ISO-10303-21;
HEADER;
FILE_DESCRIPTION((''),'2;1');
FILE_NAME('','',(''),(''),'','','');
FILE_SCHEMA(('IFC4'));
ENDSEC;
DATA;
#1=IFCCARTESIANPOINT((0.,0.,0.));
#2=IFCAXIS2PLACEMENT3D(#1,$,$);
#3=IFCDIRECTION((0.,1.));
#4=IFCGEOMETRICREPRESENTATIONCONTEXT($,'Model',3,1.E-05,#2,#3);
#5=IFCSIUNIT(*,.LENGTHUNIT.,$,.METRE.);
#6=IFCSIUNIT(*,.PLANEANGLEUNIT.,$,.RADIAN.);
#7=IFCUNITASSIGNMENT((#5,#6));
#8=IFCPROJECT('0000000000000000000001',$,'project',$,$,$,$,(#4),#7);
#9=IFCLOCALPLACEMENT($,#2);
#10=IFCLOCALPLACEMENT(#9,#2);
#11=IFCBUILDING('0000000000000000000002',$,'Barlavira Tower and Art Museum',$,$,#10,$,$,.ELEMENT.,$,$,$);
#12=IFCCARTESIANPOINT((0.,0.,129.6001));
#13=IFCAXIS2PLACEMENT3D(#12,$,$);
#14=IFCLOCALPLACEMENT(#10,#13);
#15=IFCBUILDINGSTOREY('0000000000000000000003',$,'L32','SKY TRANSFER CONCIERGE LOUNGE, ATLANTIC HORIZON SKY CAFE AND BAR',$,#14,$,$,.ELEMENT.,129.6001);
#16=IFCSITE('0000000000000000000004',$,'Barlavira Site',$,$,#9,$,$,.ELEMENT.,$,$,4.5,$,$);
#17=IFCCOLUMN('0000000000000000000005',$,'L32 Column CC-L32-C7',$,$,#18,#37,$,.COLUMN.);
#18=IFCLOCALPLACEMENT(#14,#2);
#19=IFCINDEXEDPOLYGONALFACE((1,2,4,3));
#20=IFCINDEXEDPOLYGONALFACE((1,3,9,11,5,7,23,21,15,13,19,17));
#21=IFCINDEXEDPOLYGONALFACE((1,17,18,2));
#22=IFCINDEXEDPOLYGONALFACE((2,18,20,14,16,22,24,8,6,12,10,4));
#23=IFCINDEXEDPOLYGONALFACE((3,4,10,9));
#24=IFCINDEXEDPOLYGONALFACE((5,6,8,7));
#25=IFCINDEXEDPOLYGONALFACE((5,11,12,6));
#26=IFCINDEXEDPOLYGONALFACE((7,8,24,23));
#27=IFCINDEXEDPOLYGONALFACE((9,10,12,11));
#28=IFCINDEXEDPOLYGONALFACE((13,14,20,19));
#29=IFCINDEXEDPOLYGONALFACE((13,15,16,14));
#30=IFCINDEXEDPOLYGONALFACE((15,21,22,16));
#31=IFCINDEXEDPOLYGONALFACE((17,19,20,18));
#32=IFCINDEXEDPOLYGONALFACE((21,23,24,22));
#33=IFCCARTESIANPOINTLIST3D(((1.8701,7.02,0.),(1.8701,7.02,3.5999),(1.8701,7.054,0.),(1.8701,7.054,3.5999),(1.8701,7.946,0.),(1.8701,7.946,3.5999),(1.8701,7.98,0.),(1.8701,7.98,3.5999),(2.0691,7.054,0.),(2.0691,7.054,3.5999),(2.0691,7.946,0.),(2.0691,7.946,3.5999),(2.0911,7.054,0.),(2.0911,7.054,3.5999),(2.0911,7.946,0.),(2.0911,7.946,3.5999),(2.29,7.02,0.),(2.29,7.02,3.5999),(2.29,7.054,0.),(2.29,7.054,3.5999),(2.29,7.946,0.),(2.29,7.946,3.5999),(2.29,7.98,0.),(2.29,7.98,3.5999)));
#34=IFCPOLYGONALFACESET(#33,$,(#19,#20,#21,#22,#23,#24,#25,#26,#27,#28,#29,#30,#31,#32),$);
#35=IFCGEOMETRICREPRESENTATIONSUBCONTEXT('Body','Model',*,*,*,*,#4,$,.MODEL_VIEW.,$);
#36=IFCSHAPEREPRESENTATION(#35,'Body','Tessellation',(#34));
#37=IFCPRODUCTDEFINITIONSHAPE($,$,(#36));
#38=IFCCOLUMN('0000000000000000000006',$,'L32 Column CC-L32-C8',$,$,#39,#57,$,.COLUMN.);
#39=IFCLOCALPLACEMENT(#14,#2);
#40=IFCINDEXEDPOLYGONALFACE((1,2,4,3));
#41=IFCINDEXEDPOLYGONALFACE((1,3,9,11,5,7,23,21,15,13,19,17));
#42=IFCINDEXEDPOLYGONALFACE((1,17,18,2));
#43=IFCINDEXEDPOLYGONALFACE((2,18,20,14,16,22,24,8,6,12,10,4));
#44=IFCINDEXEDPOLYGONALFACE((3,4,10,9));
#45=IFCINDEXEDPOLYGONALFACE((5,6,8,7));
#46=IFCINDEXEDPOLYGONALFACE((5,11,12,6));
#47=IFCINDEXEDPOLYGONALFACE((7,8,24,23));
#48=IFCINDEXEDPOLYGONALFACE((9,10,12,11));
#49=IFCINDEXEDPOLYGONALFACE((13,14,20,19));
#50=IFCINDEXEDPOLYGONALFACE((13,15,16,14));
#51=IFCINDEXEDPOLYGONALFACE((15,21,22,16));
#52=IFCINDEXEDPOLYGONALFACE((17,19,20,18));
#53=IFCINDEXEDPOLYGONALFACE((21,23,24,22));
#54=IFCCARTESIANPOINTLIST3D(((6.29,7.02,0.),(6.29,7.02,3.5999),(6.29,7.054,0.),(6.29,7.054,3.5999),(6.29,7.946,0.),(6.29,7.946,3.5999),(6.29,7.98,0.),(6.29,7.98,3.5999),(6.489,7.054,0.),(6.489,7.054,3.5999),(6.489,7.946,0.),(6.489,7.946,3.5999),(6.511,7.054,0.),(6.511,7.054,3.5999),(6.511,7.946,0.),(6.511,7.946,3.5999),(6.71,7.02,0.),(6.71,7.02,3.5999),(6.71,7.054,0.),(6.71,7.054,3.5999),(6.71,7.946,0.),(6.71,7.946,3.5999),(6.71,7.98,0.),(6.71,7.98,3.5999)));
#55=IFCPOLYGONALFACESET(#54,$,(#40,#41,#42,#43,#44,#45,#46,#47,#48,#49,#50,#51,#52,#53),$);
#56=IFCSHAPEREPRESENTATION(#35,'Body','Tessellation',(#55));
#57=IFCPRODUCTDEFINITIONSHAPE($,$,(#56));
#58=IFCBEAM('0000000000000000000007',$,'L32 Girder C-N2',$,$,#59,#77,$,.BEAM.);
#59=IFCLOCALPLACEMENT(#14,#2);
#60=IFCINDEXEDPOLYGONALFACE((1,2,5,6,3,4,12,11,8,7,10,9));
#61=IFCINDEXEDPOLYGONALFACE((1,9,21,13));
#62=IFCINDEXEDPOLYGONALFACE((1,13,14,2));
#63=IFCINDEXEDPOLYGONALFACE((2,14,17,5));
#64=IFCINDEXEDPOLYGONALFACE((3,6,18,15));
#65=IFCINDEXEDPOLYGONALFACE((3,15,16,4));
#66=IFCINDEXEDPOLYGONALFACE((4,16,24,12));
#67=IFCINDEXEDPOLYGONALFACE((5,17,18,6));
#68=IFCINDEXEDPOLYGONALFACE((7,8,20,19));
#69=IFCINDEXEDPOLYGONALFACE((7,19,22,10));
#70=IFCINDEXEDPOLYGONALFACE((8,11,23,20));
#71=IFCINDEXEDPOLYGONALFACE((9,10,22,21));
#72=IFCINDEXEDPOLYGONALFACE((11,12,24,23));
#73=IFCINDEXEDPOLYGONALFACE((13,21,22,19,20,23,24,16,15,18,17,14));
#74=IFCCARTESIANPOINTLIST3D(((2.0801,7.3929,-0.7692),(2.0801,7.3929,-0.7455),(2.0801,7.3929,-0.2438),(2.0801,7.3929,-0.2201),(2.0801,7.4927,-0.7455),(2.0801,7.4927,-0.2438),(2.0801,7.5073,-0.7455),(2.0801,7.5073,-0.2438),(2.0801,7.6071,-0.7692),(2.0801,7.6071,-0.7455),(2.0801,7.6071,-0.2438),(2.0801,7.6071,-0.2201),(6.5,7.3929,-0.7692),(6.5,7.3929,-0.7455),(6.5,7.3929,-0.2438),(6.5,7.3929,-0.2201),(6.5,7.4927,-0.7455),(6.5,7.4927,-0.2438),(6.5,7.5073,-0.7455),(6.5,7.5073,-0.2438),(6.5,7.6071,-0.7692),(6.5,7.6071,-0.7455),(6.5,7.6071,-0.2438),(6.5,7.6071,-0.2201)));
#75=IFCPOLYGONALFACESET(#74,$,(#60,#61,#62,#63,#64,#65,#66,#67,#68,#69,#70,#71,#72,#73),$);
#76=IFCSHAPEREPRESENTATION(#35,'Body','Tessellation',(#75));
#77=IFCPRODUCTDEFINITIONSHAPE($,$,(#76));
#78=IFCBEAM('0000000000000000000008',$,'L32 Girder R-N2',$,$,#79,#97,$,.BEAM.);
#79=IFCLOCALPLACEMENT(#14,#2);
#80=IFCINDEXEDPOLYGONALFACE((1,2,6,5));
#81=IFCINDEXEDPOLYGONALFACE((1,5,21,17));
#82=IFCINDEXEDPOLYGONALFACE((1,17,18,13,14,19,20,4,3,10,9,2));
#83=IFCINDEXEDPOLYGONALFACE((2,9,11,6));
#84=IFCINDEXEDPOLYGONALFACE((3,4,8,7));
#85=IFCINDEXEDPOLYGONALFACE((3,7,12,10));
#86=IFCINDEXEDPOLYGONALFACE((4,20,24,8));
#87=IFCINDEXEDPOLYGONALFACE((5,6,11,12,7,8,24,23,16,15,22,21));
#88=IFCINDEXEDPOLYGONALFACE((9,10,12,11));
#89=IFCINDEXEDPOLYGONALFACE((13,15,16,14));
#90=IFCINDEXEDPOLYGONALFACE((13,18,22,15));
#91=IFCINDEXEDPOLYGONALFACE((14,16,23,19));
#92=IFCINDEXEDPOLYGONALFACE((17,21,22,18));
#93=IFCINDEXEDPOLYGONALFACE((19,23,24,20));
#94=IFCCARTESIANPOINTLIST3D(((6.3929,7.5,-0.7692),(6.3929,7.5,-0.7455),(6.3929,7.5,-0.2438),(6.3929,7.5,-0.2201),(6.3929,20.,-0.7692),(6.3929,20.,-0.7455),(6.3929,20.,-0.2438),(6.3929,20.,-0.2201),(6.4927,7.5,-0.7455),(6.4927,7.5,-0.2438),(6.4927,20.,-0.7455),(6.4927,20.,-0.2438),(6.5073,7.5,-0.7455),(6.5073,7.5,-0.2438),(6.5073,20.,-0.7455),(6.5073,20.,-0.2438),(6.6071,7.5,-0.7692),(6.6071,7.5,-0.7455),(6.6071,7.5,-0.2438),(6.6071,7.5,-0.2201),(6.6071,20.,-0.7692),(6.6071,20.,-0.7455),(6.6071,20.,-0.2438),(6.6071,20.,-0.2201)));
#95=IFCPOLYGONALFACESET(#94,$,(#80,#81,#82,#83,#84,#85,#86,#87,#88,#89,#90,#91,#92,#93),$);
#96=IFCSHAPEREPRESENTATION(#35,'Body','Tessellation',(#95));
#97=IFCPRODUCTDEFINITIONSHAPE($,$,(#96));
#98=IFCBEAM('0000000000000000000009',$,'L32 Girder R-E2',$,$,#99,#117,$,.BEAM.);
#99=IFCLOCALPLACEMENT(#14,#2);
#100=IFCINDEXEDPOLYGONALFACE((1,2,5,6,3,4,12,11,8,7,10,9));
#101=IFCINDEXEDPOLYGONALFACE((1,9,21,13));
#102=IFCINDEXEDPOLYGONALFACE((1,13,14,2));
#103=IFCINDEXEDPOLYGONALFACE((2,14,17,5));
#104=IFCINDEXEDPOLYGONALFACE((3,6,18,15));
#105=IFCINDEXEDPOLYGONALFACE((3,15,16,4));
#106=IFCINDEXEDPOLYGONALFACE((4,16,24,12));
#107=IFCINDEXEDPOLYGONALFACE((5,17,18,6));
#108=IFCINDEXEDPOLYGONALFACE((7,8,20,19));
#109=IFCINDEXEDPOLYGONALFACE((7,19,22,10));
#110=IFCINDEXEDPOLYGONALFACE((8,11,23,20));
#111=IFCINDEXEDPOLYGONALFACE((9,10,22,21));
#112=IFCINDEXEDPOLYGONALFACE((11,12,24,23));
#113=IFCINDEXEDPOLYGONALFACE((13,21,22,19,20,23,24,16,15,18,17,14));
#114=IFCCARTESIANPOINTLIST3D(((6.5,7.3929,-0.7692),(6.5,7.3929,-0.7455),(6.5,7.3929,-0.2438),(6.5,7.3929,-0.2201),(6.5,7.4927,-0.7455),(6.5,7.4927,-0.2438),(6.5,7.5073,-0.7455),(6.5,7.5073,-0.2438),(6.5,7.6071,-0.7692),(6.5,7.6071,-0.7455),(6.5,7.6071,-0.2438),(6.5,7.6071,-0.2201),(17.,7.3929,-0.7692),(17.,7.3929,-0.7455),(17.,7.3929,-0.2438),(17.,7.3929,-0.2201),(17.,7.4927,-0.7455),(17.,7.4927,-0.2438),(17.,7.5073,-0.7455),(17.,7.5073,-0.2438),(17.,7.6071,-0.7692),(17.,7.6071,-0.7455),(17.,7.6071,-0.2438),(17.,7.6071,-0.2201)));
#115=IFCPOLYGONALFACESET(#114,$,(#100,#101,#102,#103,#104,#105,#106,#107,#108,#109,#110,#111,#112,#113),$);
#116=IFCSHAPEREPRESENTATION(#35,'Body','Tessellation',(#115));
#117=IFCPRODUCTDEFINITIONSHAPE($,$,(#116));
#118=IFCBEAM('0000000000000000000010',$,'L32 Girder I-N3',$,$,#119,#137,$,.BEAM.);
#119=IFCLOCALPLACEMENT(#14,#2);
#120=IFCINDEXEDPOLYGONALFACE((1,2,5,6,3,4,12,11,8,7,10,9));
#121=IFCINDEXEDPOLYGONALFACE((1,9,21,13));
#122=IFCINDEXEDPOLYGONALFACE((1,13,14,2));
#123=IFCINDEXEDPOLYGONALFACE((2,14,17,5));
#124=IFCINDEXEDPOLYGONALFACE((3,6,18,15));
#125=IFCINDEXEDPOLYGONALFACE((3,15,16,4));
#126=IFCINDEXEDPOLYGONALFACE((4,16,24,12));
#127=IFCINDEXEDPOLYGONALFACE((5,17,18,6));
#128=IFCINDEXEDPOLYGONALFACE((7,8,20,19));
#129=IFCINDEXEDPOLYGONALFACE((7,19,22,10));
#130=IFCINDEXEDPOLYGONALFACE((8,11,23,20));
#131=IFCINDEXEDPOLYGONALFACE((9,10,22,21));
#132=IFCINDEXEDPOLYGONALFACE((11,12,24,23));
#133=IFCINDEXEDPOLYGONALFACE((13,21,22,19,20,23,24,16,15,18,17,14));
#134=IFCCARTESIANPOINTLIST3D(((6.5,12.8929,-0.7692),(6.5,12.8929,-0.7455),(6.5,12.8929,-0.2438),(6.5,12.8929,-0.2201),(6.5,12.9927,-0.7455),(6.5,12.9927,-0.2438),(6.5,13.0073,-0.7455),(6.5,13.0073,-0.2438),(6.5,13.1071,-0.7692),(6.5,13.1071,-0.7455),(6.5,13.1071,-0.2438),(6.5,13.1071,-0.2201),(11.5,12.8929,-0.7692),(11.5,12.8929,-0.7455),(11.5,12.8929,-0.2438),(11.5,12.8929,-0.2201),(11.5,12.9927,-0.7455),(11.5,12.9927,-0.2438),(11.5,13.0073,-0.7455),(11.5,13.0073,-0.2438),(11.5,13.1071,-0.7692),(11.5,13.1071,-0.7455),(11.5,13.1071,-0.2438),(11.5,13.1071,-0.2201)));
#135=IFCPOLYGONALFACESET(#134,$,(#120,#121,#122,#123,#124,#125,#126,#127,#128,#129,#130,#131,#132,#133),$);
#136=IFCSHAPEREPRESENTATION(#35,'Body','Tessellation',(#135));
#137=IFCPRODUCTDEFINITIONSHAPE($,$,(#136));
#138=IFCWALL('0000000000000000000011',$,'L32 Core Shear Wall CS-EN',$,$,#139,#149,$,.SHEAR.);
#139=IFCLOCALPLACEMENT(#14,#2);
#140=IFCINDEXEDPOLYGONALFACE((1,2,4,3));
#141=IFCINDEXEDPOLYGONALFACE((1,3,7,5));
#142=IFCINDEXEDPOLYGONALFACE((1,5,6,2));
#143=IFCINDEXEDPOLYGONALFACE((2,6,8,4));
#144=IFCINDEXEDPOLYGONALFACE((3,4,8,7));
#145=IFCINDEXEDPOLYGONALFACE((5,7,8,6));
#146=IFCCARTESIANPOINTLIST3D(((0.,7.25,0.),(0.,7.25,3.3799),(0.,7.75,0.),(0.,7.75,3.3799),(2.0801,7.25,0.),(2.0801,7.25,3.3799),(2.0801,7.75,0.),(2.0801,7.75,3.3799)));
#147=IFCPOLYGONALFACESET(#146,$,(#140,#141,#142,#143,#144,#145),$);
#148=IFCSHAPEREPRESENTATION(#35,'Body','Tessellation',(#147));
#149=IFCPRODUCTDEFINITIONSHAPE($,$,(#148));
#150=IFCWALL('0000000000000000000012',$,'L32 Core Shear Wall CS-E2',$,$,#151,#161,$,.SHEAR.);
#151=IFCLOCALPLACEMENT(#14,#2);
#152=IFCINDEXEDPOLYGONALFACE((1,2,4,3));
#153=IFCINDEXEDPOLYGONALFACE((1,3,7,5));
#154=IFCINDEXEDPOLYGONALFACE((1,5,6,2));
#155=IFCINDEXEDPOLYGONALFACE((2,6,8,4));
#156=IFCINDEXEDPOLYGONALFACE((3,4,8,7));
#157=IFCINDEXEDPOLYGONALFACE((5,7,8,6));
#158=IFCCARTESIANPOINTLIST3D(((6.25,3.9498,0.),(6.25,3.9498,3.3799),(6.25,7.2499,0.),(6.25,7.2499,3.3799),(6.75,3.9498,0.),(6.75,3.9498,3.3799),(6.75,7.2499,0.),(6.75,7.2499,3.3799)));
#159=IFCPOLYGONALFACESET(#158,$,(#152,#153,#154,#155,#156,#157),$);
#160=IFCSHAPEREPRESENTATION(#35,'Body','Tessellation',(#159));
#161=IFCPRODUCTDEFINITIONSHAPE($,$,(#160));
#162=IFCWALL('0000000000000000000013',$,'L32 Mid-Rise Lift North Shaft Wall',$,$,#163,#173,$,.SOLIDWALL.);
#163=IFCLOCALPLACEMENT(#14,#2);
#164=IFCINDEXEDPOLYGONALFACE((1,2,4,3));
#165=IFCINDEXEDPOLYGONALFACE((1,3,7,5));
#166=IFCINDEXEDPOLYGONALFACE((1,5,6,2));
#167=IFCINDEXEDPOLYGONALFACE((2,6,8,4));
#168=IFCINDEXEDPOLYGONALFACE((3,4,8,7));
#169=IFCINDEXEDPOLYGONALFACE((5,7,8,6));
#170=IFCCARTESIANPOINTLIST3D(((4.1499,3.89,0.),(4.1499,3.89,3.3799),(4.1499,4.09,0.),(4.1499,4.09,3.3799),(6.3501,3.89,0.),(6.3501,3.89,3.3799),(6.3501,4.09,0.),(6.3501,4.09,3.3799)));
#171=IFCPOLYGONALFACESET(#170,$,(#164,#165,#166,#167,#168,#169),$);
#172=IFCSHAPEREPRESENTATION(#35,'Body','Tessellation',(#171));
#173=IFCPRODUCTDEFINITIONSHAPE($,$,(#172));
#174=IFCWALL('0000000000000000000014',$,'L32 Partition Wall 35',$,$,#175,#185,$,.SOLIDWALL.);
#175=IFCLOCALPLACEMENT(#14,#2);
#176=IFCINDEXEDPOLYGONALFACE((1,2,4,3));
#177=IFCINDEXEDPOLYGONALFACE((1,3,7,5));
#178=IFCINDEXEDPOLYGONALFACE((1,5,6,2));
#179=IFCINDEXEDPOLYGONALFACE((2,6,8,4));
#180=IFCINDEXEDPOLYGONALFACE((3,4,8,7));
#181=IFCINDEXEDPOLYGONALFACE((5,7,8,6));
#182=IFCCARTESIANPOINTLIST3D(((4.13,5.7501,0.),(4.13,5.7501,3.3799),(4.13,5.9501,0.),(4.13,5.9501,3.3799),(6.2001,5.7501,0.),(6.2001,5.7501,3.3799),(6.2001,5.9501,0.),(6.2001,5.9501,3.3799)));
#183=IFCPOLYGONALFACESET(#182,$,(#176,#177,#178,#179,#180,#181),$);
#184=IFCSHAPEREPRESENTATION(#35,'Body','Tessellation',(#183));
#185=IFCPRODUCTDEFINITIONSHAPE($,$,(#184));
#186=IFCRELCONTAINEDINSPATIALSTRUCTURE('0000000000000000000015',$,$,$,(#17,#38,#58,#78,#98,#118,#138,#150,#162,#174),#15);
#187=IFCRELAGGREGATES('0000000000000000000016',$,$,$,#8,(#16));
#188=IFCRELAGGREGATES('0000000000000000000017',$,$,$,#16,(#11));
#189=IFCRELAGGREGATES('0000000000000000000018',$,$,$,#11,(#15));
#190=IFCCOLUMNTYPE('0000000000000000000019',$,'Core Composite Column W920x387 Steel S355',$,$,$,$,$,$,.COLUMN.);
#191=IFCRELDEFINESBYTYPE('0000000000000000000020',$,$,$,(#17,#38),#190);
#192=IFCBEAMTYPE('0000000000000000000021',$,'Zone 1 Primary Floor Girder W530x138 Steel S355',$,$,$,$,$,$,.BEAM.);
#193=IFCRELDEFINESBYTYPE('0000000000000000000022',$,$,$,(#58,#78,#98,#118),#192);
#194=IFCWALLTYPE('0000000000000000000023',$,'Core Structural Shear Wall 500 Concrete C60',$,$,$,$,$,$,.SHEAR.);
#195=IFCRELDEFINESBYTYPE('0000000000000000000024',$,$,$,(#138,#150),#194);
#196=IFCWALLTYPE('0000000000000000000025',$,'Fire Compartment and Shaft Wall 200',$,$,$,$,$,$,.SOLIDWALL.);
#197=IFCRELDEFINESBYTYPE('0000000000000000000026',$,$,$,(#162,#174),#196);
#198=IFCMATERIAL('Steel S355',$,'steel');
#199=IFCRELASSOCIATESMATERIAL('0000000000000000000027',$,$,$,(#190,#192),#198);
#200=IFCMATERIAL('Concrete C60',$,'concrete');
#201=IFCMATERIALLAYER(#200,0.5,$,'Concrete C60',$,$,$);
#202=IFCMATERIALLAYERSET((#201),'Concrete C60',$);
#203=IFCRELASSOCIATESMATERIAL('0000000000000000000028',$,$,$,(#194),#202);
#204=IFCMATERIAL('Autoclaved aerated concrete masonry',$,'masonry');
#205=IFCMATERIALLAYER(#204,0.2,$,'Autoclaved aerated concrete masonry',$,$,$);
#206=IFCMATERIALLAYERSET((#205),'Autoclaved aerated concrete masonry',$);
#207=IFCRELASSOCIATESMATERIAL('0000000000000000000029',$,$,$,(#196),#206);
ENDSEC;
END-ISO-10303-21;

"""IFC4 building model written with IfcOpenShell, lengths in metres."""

from ifc_helpers import new_model, si_unit, direction, frame, frame_2d, origin, origin_2d, place, context, subcontext, project, spatial, rectangle, i_section, extrude, material, layer, layer_set, material_profile, profile_set, type_object, element, save


model = new_model("IFC4")

# Units and contexts
model_context = context("Model", 3, precision=1e-05, world=origin(), true_north=direction((0.0, 1.0)))
body_context = subcontext(model_context, "Body", "Model", "MODEL_VIEW")
ifc_project = project(units=[si_unit("LENGTHUNIT", "METRE"), si_unit("PLANEANGLEUNIT", "RADIAN")], contexts=[model_context])

# Site, building, storey
site_placement = place(None, origin())
site = spatial("IfcSite", under=ifc_project, at=site_placement, Name="Barlavira Site", CompositionType="ELEMENT", RefElevation=4.5)
building_placement = place(site_placement, origin())
building = spatial("IfcBuilding", under=site, at=building_placement, Name="Barlavira Tower and Art Museum", CompositionType="ELEMENT")
storey_placement = place(building_placement, frame((0.0, 0.0, 129.6001)))
storey = spatial("IfcBuildingStorey", under=building, at=storey_placement, Name="L32", Description="SKY TRANSFER CONCIERGE LOUNGE, ATLANTIC HORIZON SKY CAFE AND BAR", CompositionType="ELEMENT", Elevation=129.6001)

# Columns
ifc_material_1 = material(Name="Steel S355", Category="steel")
ifc_material_profile_1 = material_profile(ifc_material_1, i_section(OverallWidth=0.4199, OverallDepth=0.96, WebThickness=0.022, FlangeThickness=0.0339, at=origin_2d()), Name="W920x387.0")
ifc_profile_set_1 = profile_set([ifc_material_profile_1], Name="Steel S355")
column_type = type_object("IfcColumnType", Name="Core Composite Column W920x387 Steel S355", PredefinedType="COLUMN", material=ifc_profile_set_1)
for number, where, z_axis, x_axis, name in (
    (1, (2.0801, 7.5, 0.0), (0.0, 0.0, 1.0), (1.0, 0.0, 0.0), "L32 Column CC-L32-C7"),
    (2, (6.5, 7.5, 0.0), (0.0, 0.0, 1.0), (1.0, 0.0, 0.0), "L32 Column CC-L32-C8"),
):
    element("IfcColumn", number, at=place(storey_placement, frame(where, z_axis=z_axis, x_axis=x_axis)), inside=storey, type_object=column_type, Name=name, PredefinedType="COLUMN", context=body_context, shape_type="SweptSolid", body=[
        extrude(i_section(OverallWidth=0.4199, OverallDepth=0.96, WebThickness=0.022, FlangeThickness=0.0339, at=origin_2d()), origin(), (0.0, 0.0, 1.0), 3.5999),
    ])

# Beams
ifc_material_profile_2 = material_profile(ifc_material_1, i_section(OverallWidth=0.2141, OverallDepth=0.5491, WebThickness=0.0146, FlangeThickness=0.0237, at=origin_2d()), Name="W530x138.0")
ifc_profile_set_2 = profile_set([ifc_material_profile_2], Name="Steel S355")
beam_type = type_object("IfcBeamType", Name="Zone 1 Primary Floor Girder W530x138 Steel S355", PredefinedType="BEAM", material=ifc_profile_set_2)
beam_1_placement = place(storey_placement, frame((2.0801, 7.5, -0.4946), z_axis=(1.0, 0.0, 0.0), x_axis=(0.0, 1.0, 0.0)))
element("IfcBeam", 3, at=beam_1_placement, inside=storey, type_object=beam_type, Name="L32 Girder C-N2", PredefinedType="BEAM", context=body_context, shape_type="SweptSolid", body=[
    extrude(i_section(OverallWidth=0.2141, OverallDepth=0.5491, WebThickness=0.0146, FlangeThickness=0.0237, at=origin_2d()), origin(), (0.0, 0.0, 1.0), 4.4199),
])
beam_2_placement = place(storey_placement, frame((6.5, 7.5, -0.4946), z_axis=(0.0, 1.0, 0.0), x_axis=(-1.0, 0.0, 0.0)))
element("IfcBeam", 4, at=beam_2_placement, inside=storey, type_object=beam_type, Name="L32 Girder R-N2", PredefinedType="BEAM", context=body_context, shape_type="SweptSolid", body=[
    extrude(i_section(OverallWidth=0.2141, OverallDepth=0.5491, WebThickness=0.0146, FlangeThickness=0.0237, at=origin_2d()), origin(), (0.0, 0.0, 1.0), 12.5),
])
beam_3_placement = place(storey_placement, frame((6.5, 7.5, -0.4946), z_axis=(1.0, 0.0, 0.0), x_axis=(0.0, 1.0, 0.0)))
element("IfcBeam", 5, at=beam_3_placement, inside=storey, type_object=beam_type, Name="L32 Girder R-E2", PredefinedType="BEAM", context=body_context, shape_type="SweptSolid", body=[
    extrude(i_section(OverallWidth=0.2141, OverallDepth=0.5491, WebThickness=0.0146, FlangeThickness=0.0237, at=origin_2d()), origin(), (0.0, 0.0, 1.0), 10.5),
])
beam_4_placement = place(storey_placement, frame((6.5, 13.0, -0.4946), z_axis=(1.0, 0.0, 0.0), x_axis=(0.0, 1.0, 0.0)))
element("IfcBeam", 6, at=beam_4_placement, inside=storey, type_object=beam_type, Name="L32 Girder I-N3", PredefinedType="BEAM", context=body_context, shape_type="SweptSolid", body=[
    extrude(i_section(OverallWidth=0.2141, OverallDepth=0.5491, WebThickness=0.0146, FlangeThickness=0.0237, at=origin_2d()), origin(), (0.0, 0.0, 1.0), 5.0),
])

# Walls
ifc_material_2 = material(Name="Concrete C60", Category="concrete")
ifc_layer_1 = layer(ifc_material_2, 0.5, Name="Concrete C60")
ifc_layer_set_1 = layer_set([ifc_layer_1], Name="Concrete C60")
wall_type_1 = type_object("IfcWallType", Name="Core Structural Shear Wall 500 Concrete C60", PredefinedType="SHEAR", material=ifc_layer_set_1)
wall_1_placement = place(storey_placement, frame((0.0, 7.5, 0.0), z_axis=(0.0, 0.0, 1.0), x_axis=(1.0, 0.0, 0.0)))
element("IfcWall", 7, at=wall_1_placement, inside=storey, type_object=wall_type_1, Name="L32 Core Shear Wall CS-EN", PredefinedType="SHEAR", context=body_context, shape_type="SweptSolid", body=[
    extrude(rectangle(XDim=2.0801, YDim=0.5, at=frame_2d((1.04, 0.0))), origin(), (0.0, 0.0, 1.0), 3.3799),
])
wall_2_placement = place(storey_placement, frame((6.5, 3.95, 0.0), z_axis=(0.0, 0.0, 1.0), x_axis=(0.0, 1.0, 0.0)))
element("IfcWall", 8, at=wall_2_placement, inside=storey, type_object=wall_type_1, Name="L32 Core Shear Wall CS-E2", PredefinedType="SHEAR", context=body_context, shape_type="SweptSolid", body=[
    extrude(rectangle(XDim=3.3, YDim=0.5, at=frame_2d((1.6499, 0.0))), origin(), (0.0, 0.0, 1.0), 3.3799),
])
ifc_material_3 = material(Name="Autoclaved aerated concrete masonry", Category="masonry")
ifc_layer_2 = layer(ifc_material_3, 0.2, Name="Autoclaved aerated concrete masonry")
ifc_layer_set_2 = layer_set([ifc_layer_2], Name="Autoclaved aerated concrete masonry")
wall_type_2 = type_object("IfcWallType", Name="Fire Compartment and Shaft Wall 200", PredefinedType="SOLIDWALL", material=ifc_layer_set_2)
wall_3_placement = place(storey_placement, frame((4.1499, 3.99, 0.0), z_axis=(0.0, 0.0, 1.0), x_axis=(1.0, 0.0, 0.0)))
element("IfcWall", 9, at=wall_3_placement, inside=storey, type_object=wall_type_2, Name="L32 Mid-Rise Lift North Shaft Wall", PredefinedType="SOLIDWALL", context=body_context, shape_type="SweptSolid", body=[
    extrude(rectangle(XDim=2.2002, YDim=0.2, at=frame_2d((1.1001, 0.0))), origin(), (0.0, 0.0, 1.0), 3.3799),
])

# Wall
wall_4_placement = place(storey_placement, frame((4.1299, 5.8501, 0.0), z_axis=(0.0, 0.0, 1.0), x_axis=(1.0, 0.0, 0.0)))
element("IfcWall", 10, at=wall_4_placement, inside=storey, type_object=wall_type_2, Name="L32 Partition Wall 35", PredefinedType="SOLIDWALL", context=body_context, shape_type="SweptSolid", body=[
    extrude(rectangle(XDim=2.0701, YDim=0.2, at=frame_2d((1.0352, 0.0))), origin(), (0.0, 0.0, 1.0), 3.3799),
])

save(model, "model.ifc")
